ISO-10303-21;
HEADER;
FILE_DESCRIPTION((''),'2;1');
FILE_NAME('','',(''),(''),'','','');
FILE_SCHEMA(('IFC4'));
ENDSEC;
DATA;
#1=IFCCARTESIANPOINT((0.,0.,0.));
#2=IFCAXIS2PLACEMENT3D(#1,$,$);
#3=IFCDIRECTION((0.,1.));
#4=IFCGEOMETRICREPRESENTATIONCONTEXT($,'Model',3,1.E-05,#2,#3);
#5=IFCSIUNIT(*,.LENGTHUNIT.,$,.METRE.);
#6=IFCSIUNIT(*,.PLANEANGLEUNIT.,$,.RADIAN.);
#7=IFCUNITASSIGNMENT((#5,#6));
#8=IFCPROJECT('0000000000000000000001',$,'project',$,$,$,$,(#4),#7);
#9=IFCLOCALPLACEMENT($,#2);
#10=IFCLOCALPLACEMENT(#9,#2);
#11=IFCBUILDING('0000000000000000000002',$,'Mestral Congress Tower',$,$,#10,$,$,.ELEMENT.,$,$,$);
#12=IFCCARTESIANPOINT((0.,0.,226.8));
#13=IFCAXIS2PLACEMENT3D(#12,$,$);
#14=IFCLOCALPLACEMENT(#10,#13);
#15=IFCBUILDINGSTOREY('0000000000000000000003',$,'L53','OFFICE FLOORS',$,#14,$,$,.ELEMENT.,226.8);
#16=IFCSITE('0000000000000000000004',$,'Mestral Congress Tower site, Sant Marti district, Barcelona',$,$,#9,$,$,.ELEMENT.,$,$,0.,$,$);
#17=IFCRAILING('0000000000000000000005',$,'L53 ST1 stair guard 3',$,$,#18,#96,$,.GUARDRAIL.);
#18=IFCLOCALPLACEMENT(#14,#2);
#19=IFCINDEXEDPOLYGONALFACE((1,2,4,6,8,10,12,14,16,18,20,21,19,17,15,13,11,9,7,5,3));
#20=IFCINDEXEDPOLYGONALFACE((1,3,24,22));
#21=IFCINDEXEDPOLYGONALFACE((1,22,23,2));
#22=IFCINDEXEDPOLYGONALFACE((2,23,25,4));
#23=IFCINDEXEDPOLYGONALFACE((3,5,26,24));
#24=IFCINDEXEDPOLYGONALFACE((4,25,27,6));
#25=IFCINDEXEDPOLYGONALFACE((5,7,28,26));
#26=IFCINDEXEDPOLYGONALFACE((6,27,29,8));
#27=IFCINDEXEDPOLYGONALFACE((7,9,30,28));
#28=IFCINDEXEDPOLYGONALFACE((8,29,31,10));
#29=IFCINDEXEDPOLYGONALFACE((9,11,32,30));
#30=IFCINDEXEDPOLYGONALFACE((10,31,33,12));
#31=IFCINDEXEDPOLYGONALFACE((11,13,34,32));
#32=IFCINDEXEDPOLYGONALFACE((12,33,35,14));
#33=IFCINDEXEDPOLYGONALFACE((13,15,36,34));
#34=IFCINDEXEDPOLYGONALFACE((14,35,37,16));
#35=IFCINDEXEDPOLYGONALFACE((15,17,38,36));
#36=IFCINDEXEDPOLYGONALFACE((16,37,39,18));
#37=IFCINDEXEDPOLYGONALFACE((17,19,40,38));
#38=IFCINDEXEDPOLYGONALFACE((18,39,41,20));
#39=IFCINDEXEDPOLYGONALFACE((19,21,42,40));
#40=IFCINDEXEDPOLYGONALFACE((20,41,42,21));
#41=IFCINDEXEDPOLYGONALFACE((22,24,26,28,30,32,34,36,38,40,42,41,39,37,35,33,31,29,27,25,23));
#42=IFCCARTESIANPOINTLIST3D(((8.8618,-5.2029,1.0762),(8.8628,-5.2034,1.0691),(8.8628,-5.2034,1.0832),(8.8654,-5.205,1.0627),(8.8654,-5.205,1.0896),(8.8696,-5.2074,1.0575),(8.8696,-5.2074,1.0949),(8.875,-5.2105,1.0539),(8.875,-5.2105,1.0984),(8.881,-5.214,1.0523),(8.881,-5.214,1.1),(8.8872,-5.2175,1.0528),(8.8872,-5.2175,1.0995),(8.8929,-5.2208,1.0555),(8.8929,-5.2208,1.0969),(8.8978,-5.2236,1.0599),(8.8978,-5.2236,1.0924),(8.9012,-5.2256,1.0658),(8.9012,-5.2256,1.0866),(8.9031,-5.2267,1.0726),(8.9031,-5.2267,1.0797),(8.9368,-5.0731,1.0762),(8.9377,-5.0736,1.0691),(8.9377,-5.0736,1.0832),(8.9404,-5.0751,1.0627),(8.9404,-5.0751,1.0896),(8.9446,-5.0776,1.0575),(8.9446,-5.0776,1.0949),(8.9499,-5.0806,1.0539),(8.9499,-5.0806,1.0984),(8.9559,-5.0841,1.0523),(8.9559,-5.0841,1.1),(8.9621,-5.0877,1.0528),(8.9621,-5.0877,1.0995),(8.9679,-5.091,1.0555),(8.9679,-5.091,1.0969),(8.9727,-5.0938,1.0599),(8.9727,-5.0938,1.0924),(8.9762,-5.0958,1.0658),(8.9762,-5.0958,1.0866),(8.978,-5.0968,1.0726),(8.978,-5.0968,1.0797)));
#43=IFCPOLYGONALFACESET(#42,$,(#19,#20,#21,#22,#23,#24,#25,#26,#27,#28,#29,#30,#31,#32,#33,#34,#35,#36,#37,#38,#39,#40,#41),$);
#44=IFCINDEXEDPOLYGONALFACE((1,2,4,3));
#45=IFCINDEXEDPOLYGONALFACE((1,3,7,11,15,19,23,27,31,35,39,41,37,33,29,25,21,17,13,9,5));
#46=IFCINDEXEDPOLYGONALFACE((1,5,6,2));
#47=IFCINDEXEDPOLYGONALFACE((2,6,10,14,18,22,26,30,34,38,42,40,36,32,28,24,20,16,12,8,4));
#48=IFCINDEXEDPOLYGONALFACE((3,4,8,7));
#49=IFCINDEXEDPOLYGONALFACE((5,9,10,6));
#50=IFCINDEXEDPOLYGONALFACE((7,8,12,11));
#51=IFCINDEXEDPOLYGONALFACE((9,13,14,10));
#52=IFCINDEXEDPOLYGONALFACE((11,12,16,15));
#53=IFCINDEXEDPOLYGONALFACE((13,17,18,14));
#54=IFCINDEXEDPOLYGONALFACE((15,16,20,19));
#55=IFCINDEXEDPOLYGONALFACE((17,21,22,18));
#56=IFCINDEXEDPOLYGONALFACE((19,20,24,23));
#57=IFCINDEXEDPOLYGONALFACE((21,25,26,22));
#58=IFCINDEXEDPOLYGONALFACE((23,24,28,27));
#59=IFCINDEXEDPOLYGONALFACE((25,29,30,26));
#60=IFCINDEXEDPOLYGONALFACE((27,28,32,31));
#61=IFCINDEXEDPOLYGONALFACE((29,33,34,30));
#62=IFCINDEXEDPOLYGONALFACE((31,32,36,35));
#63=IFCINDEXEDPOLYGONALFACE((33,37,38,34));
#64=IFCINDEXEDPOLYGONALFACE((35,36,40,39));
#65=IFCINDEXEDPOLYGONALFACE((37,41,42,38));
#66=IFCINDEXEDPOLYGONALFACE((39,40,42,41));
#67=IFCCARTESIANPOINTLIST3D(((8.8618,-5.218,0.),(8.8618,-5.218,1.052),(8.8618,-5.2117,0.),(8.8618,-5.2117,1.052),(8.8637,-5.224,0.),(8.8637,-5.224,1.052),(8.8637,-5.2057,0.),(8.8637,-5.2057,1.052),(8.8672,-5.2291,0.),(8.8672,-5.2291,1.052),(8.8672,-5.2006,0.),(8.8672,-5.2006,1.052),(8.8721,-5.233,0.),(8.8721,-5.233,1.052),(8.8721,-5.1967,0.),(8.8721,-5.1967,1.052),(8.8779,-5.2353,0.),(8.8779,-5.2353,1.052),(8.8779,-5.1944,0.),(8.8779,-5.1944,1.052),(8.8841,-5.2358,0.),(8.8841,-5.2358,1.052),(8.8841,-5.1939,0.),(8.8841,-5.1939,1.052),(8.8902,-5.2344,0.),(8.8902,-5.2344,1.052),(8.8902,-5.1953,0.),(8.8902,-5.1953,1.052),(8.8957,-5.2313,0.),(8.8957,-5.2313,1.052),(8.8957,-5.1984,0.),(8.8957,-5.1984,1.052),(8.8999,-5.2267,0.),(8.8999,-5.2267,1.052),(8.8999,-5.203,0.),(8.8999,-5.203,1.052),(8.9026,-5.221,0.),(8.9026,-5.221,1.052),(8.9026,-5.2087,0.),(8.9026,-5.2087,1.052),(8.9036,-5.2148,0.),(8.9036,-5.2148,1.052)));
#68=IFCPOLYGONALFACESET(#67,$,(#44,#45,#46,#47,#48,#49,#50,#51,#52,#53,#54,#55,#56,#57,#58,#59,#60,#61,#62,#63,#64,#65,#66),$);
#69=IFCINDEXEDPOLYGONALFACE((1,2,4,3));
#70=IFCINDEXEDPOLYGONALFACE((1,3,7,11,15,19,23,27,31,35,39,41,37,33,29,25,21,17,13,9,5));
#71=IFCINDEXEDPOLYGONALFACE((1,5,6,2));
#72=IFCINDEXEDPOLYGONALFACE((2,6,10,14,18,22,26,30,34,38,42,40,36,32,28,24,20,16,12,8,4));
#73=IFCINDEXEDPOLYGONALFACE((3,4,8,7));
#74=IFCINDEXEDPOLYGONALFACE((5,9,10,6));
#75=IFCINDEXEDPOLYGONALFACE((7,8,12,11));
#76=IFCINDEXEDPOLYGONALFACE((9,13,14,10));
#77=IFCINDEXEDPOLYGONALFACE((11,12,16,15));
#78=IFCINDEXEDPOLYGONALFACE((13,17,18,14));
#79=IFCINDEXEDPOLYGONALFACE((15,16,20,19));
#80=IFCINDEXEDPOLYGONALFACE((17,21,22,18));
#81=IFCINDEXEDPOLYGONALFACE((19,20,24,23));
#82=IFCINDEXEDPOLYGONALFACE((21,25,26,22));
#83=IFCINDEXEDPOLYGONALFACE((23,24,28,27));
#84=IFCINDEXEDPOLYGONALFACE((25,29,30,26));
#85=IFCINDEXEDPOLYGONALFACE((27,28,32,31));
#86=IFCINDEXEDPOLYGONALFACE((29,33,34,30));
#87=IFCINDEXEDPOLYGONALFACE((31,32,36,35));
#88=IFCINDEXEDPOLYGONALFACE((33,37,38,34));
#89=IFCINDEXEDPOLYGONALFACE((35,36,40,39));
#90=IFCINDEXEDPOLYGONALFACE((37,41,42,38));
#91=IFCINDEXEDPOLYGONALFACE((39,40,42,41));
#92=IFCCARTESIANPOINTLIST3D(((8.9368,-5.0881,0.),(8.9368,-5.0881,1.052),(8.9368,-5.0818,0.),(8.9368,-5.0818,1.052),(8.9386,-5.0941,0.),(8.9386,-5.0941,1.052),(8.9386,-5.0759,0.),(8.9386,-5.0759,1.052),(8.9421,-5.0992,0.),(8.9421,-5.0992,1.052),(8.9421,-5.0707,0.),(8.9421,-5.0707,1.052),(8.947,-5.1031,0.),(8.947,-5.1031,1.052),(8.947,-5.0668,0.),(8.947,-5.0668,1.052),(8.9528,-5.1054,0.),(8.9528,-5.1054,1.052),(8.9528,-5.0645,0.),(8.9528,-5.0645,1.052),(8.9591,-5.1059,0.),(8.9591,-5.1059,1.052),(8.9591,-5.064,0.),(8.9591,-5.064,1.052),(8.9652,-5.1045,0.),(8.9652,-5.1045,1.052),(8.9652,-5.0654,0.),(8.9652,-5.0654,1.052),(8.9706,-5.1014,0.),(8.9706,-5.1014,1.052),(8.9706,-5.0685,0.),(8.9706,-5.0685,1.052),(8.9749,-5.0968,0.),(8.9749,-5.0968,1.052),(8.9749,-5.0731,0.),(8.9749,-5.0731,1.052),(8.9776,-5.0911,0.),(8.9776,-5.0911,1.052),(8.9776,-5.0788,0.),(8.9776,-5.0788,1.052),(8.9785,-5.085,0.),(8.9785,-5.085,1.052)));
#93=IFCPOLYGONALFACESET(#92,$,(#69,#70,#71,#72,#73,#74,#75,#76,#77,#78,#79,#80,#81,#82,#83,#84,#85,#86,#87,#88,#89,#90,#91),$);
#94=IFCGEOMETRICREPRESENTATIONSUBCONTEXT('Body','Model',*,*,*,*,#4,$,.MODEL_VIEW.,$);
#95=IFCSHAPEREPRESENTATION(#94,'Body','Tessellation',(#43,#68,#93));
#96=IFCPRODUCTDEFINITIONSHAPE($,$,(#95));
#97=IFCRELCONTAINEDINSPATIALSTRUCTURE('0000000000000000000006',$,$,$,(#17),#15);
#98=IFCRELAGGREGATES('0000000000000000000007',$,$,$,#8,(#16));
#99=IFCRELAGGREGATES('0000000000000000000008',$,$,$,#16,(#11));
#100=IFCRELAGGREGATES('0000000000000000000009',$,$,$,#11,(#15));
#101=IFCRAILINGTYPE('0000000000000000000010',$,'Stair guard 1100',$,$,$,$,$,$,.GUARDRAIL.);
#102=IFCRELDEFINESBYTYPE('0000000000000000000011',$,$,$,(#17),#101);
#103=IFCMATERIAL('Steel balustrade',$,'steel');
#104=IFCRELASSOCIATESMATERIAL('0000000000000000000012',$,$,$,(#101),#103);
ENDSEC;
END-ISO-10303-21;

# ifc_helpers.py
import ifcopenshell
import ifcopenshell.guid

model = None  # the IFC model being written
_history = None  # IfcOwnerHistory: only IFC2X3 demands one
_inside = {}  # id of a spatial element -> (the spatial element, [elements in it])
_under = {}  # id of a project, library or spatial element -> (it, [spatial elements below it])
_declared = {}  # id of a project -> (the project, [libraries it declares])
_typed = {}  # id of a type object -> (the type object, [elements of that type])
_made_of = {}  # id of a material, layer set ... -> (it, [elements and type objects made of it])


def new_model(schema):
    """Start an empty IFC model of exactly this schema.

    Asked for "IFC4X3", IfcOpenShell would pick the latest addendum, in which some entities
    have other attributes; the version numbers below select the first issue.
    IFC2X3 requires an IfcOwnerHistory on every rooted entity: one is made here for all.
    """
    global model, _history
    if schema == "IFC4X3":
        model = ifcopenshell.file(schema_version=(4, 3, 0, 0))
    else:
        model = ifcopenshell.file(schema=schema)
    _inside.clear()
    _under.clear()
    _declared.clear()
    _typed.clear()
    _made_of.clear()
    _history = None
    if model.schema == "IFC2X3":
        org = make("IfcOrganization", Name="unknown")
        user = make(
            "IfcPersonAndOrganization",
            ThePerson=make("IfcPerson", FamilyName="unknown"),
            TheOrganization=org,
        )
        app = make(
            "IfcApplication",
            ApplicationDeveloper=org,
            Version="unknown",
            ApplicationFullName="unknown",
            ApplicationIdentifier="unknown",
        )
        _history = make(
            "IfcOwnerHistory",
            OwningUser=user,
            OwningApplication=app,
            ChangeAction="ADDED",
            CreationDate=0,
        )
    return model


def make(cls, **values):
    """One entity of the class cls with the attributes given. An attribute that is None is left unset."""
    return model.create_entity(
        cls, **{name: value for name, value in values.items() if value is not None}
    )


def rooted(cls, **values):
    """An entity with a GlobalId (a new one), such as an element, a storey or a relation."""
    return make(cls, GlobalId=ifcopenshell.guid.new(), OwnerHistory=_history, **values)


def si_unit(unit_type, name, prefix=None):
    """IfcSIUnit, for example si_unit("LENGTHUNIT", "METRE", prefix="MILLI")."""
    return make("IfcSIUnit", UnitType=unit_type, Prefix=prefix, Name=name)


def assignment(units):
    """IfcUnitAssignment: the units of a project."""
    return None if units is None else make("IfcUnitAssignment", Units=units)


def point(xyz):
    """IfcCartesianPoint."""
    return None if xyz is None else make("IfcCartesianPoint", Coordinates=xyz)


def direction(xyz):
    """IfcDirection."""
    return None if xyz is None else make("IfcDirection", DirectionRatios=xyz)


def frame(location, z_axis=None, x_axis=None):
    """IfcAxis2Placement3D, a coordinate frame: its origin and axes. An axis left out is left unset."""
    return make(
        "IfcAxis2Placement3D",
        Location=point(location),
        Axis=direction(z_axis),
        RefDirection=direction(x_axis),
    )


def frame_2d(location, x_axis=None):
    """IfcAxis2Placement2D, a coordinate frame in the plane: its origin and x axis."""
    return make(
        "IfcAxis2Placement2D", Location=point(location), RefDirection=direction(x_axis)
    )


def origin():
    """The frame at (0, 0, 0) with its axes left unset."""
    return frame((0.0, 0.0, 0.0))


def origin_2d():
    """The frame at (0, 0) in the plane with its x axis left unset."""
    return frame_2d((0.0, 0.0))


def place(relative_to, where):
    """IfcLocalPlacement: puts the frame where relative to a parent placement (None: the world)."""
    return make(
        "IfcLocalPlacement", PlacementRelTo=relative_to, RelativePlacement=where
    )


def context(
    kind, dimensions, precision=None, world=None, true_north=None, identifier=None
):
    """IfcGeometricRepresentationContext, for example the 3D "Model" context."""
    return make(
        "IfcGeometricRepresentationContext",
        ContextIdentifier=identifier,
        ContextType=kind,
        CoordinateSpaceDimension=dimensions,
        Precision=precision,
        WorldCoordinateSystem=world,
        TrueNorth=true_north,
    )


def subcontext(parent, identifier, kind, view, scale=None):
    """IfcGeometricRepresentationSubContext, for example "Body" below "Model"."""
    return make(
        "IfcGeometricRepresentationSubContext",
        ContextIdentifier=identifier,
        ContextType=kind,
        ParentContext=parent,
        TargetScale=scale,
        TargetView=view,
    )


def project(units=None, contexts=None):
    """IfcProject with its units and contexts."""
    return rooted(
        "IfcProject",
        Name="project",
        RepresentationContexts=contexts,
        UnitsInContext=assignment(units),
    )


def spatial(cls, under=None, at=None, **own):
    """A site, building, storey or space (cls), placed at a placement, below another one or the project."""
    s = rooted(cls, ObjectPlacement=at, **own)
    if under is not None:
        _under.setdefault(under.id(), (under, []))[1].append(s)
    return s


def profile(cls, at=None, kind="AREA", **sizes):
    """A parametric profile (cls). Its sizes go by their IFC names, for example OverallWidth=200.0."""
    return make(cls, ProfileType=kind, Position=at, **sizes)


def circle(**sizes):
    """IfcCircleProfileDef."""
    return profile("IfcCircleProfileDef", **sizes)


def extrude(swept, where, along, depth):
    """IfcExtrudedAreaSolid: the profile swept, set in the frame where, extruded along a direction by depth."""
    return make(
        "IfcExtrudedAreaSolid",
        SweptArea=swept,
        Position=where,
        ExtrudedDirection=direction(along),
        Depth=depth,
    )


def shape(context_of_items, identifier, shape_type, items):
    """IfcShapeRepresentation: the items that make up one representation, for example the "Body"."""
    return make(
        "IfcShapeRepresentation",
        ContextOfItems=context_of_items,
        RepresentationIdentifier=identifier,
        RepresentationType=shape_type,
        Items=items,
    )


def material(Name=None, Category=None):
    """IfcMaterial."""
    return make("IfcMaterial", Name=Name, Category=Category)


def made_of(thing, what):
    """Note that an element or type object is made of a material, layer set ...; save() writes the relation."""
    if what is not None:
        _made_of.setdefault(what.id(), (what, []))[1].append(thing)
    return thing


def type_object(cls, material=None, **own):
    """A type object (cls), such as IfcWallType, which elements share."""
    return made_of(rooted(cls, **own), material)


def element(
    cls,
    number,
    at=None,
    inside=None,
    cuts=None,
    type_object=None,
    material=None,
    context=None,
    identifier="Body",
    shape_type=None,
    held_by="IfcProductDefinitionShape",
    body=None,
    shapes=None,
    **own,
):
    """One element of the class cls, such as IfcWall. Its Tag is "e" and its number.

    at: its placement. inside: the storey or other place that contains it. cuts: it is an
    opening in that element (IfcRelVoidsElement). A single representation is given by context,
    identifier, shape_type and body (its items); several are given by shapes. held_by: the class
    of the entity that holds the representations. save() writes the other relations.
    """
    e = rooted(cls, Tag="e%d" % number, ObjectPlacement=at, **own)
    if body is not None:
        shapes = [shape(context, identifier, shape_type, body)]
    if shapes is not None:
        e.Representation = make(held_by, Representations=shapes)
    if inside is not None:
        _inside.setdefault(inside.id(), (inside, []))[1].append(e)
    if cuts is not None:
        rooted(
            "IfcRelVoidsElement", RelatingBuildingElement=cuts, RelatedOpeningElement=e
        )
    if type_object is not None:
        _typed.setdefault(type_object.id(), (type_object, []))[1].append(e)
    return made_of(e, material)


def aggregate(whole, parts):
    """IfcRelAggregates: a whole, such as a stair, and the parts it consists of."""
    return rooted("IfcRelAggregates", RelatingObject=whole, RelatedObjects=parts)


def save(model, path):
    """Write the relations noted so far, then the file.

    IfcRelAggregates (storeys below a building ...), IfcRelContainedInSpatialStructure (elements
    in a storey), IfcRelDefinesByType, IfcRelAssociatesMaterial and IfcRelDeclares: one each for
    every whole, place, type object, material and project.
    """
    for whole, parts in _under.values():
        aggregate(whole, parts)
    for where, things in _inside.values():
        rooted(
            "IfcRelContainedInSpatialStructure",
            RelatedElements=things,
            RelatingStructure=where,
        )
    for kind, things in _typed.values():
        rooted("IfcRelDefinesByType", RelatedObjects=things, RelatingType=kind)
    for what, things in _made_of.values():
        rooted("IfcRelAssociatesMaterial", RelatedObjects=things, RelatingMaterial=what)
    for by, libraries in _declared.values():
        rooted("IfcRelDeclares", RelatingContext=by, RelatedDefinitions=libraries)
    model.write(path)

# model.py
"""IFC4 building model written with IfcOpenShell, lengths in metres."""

from ifc_helpers import new_model, si_unit, direction, frame, origin, origin_2d, place, context, subcontext, project, spatial, circle, extrude, material, type_object, element, save


model = new_model("IFC4")

# Units and contexts
model_context = context("Model", 3, precision=1e-05, world=origin(), true_north=direction((0.0, 1.0)))
body_context = subcontext(model_context, "Body", "Model", "MODEL_VIEW")
ifc_project = project(units=[si_unit("LENGTHUNIT", "METRE"), si_unit("PLANEANGLEUNIT", "RADIAN")], contexts=[model_context])

# Site, building, storey
site_placement = place(None, origin())
site = spatial("IfcSite", under=ifc_project, at=site_placement, Name="Mestral Congress Tower site, Sant Marti district, Barcelona", CompositionType="ELEMENT", RefElevation=0.0)
building_placement = place(site_placement, origin())
building = spatial("IfcBuilding", under=site, at=building_placement, Name="Mestral Congress Tower", CompositionType="ELEMENT")
storey_placement = place(building_placement, frame((0.0, 0.0, 226.8)))
storey = spatial("IfcBuildingStorey", under=building, at=storey_placement, Name="L53", Description="OFFICE FLOORS", CompositionType="ELEMENT", Elevation=226.8)

# Railing
ifc_material_1 = material(Name="Steel balustrade", Category="steel")
railing_type_1 = type_object("IfcRailingType", Name="Stair guard 1100", PredefinedType="GUARDRAIL", material=ifc_material_1)
railing_1_placement = place(storey_placement, frame((8.8826, -5.2148, 0.0)))
element("IfcRailing", 1, at=railing_1_placement, inside=storey, type_object=railing_type_1, Name="L53 ST1 stair guard 3", PredefinedType="GUARDRAIL", context=body_context, shape_type="SweptSolid", body=[
    extrude(circle(Radius=0.0239, at=origin_2d()), frame((0.0, 0.0, 1.0762), z_axis=(0.499816, 0.866131, 0.0), x_axis=(-0.866131, 0.499816, 0.0)), (0.0, 0.0, 1.0), 0.1499),
    extrude(circle(Radius=0.021, at=origin_2d()), origin(), (0.0, 0.0, 1.0), 1.052),
    extrude(circle(Radius=0.021, at=origin_2d()), frame((0.075, 0.1299, 0.0)), (0.0, 0.0, 1.0), 1.052),
])

save(model, "model.ifc")
